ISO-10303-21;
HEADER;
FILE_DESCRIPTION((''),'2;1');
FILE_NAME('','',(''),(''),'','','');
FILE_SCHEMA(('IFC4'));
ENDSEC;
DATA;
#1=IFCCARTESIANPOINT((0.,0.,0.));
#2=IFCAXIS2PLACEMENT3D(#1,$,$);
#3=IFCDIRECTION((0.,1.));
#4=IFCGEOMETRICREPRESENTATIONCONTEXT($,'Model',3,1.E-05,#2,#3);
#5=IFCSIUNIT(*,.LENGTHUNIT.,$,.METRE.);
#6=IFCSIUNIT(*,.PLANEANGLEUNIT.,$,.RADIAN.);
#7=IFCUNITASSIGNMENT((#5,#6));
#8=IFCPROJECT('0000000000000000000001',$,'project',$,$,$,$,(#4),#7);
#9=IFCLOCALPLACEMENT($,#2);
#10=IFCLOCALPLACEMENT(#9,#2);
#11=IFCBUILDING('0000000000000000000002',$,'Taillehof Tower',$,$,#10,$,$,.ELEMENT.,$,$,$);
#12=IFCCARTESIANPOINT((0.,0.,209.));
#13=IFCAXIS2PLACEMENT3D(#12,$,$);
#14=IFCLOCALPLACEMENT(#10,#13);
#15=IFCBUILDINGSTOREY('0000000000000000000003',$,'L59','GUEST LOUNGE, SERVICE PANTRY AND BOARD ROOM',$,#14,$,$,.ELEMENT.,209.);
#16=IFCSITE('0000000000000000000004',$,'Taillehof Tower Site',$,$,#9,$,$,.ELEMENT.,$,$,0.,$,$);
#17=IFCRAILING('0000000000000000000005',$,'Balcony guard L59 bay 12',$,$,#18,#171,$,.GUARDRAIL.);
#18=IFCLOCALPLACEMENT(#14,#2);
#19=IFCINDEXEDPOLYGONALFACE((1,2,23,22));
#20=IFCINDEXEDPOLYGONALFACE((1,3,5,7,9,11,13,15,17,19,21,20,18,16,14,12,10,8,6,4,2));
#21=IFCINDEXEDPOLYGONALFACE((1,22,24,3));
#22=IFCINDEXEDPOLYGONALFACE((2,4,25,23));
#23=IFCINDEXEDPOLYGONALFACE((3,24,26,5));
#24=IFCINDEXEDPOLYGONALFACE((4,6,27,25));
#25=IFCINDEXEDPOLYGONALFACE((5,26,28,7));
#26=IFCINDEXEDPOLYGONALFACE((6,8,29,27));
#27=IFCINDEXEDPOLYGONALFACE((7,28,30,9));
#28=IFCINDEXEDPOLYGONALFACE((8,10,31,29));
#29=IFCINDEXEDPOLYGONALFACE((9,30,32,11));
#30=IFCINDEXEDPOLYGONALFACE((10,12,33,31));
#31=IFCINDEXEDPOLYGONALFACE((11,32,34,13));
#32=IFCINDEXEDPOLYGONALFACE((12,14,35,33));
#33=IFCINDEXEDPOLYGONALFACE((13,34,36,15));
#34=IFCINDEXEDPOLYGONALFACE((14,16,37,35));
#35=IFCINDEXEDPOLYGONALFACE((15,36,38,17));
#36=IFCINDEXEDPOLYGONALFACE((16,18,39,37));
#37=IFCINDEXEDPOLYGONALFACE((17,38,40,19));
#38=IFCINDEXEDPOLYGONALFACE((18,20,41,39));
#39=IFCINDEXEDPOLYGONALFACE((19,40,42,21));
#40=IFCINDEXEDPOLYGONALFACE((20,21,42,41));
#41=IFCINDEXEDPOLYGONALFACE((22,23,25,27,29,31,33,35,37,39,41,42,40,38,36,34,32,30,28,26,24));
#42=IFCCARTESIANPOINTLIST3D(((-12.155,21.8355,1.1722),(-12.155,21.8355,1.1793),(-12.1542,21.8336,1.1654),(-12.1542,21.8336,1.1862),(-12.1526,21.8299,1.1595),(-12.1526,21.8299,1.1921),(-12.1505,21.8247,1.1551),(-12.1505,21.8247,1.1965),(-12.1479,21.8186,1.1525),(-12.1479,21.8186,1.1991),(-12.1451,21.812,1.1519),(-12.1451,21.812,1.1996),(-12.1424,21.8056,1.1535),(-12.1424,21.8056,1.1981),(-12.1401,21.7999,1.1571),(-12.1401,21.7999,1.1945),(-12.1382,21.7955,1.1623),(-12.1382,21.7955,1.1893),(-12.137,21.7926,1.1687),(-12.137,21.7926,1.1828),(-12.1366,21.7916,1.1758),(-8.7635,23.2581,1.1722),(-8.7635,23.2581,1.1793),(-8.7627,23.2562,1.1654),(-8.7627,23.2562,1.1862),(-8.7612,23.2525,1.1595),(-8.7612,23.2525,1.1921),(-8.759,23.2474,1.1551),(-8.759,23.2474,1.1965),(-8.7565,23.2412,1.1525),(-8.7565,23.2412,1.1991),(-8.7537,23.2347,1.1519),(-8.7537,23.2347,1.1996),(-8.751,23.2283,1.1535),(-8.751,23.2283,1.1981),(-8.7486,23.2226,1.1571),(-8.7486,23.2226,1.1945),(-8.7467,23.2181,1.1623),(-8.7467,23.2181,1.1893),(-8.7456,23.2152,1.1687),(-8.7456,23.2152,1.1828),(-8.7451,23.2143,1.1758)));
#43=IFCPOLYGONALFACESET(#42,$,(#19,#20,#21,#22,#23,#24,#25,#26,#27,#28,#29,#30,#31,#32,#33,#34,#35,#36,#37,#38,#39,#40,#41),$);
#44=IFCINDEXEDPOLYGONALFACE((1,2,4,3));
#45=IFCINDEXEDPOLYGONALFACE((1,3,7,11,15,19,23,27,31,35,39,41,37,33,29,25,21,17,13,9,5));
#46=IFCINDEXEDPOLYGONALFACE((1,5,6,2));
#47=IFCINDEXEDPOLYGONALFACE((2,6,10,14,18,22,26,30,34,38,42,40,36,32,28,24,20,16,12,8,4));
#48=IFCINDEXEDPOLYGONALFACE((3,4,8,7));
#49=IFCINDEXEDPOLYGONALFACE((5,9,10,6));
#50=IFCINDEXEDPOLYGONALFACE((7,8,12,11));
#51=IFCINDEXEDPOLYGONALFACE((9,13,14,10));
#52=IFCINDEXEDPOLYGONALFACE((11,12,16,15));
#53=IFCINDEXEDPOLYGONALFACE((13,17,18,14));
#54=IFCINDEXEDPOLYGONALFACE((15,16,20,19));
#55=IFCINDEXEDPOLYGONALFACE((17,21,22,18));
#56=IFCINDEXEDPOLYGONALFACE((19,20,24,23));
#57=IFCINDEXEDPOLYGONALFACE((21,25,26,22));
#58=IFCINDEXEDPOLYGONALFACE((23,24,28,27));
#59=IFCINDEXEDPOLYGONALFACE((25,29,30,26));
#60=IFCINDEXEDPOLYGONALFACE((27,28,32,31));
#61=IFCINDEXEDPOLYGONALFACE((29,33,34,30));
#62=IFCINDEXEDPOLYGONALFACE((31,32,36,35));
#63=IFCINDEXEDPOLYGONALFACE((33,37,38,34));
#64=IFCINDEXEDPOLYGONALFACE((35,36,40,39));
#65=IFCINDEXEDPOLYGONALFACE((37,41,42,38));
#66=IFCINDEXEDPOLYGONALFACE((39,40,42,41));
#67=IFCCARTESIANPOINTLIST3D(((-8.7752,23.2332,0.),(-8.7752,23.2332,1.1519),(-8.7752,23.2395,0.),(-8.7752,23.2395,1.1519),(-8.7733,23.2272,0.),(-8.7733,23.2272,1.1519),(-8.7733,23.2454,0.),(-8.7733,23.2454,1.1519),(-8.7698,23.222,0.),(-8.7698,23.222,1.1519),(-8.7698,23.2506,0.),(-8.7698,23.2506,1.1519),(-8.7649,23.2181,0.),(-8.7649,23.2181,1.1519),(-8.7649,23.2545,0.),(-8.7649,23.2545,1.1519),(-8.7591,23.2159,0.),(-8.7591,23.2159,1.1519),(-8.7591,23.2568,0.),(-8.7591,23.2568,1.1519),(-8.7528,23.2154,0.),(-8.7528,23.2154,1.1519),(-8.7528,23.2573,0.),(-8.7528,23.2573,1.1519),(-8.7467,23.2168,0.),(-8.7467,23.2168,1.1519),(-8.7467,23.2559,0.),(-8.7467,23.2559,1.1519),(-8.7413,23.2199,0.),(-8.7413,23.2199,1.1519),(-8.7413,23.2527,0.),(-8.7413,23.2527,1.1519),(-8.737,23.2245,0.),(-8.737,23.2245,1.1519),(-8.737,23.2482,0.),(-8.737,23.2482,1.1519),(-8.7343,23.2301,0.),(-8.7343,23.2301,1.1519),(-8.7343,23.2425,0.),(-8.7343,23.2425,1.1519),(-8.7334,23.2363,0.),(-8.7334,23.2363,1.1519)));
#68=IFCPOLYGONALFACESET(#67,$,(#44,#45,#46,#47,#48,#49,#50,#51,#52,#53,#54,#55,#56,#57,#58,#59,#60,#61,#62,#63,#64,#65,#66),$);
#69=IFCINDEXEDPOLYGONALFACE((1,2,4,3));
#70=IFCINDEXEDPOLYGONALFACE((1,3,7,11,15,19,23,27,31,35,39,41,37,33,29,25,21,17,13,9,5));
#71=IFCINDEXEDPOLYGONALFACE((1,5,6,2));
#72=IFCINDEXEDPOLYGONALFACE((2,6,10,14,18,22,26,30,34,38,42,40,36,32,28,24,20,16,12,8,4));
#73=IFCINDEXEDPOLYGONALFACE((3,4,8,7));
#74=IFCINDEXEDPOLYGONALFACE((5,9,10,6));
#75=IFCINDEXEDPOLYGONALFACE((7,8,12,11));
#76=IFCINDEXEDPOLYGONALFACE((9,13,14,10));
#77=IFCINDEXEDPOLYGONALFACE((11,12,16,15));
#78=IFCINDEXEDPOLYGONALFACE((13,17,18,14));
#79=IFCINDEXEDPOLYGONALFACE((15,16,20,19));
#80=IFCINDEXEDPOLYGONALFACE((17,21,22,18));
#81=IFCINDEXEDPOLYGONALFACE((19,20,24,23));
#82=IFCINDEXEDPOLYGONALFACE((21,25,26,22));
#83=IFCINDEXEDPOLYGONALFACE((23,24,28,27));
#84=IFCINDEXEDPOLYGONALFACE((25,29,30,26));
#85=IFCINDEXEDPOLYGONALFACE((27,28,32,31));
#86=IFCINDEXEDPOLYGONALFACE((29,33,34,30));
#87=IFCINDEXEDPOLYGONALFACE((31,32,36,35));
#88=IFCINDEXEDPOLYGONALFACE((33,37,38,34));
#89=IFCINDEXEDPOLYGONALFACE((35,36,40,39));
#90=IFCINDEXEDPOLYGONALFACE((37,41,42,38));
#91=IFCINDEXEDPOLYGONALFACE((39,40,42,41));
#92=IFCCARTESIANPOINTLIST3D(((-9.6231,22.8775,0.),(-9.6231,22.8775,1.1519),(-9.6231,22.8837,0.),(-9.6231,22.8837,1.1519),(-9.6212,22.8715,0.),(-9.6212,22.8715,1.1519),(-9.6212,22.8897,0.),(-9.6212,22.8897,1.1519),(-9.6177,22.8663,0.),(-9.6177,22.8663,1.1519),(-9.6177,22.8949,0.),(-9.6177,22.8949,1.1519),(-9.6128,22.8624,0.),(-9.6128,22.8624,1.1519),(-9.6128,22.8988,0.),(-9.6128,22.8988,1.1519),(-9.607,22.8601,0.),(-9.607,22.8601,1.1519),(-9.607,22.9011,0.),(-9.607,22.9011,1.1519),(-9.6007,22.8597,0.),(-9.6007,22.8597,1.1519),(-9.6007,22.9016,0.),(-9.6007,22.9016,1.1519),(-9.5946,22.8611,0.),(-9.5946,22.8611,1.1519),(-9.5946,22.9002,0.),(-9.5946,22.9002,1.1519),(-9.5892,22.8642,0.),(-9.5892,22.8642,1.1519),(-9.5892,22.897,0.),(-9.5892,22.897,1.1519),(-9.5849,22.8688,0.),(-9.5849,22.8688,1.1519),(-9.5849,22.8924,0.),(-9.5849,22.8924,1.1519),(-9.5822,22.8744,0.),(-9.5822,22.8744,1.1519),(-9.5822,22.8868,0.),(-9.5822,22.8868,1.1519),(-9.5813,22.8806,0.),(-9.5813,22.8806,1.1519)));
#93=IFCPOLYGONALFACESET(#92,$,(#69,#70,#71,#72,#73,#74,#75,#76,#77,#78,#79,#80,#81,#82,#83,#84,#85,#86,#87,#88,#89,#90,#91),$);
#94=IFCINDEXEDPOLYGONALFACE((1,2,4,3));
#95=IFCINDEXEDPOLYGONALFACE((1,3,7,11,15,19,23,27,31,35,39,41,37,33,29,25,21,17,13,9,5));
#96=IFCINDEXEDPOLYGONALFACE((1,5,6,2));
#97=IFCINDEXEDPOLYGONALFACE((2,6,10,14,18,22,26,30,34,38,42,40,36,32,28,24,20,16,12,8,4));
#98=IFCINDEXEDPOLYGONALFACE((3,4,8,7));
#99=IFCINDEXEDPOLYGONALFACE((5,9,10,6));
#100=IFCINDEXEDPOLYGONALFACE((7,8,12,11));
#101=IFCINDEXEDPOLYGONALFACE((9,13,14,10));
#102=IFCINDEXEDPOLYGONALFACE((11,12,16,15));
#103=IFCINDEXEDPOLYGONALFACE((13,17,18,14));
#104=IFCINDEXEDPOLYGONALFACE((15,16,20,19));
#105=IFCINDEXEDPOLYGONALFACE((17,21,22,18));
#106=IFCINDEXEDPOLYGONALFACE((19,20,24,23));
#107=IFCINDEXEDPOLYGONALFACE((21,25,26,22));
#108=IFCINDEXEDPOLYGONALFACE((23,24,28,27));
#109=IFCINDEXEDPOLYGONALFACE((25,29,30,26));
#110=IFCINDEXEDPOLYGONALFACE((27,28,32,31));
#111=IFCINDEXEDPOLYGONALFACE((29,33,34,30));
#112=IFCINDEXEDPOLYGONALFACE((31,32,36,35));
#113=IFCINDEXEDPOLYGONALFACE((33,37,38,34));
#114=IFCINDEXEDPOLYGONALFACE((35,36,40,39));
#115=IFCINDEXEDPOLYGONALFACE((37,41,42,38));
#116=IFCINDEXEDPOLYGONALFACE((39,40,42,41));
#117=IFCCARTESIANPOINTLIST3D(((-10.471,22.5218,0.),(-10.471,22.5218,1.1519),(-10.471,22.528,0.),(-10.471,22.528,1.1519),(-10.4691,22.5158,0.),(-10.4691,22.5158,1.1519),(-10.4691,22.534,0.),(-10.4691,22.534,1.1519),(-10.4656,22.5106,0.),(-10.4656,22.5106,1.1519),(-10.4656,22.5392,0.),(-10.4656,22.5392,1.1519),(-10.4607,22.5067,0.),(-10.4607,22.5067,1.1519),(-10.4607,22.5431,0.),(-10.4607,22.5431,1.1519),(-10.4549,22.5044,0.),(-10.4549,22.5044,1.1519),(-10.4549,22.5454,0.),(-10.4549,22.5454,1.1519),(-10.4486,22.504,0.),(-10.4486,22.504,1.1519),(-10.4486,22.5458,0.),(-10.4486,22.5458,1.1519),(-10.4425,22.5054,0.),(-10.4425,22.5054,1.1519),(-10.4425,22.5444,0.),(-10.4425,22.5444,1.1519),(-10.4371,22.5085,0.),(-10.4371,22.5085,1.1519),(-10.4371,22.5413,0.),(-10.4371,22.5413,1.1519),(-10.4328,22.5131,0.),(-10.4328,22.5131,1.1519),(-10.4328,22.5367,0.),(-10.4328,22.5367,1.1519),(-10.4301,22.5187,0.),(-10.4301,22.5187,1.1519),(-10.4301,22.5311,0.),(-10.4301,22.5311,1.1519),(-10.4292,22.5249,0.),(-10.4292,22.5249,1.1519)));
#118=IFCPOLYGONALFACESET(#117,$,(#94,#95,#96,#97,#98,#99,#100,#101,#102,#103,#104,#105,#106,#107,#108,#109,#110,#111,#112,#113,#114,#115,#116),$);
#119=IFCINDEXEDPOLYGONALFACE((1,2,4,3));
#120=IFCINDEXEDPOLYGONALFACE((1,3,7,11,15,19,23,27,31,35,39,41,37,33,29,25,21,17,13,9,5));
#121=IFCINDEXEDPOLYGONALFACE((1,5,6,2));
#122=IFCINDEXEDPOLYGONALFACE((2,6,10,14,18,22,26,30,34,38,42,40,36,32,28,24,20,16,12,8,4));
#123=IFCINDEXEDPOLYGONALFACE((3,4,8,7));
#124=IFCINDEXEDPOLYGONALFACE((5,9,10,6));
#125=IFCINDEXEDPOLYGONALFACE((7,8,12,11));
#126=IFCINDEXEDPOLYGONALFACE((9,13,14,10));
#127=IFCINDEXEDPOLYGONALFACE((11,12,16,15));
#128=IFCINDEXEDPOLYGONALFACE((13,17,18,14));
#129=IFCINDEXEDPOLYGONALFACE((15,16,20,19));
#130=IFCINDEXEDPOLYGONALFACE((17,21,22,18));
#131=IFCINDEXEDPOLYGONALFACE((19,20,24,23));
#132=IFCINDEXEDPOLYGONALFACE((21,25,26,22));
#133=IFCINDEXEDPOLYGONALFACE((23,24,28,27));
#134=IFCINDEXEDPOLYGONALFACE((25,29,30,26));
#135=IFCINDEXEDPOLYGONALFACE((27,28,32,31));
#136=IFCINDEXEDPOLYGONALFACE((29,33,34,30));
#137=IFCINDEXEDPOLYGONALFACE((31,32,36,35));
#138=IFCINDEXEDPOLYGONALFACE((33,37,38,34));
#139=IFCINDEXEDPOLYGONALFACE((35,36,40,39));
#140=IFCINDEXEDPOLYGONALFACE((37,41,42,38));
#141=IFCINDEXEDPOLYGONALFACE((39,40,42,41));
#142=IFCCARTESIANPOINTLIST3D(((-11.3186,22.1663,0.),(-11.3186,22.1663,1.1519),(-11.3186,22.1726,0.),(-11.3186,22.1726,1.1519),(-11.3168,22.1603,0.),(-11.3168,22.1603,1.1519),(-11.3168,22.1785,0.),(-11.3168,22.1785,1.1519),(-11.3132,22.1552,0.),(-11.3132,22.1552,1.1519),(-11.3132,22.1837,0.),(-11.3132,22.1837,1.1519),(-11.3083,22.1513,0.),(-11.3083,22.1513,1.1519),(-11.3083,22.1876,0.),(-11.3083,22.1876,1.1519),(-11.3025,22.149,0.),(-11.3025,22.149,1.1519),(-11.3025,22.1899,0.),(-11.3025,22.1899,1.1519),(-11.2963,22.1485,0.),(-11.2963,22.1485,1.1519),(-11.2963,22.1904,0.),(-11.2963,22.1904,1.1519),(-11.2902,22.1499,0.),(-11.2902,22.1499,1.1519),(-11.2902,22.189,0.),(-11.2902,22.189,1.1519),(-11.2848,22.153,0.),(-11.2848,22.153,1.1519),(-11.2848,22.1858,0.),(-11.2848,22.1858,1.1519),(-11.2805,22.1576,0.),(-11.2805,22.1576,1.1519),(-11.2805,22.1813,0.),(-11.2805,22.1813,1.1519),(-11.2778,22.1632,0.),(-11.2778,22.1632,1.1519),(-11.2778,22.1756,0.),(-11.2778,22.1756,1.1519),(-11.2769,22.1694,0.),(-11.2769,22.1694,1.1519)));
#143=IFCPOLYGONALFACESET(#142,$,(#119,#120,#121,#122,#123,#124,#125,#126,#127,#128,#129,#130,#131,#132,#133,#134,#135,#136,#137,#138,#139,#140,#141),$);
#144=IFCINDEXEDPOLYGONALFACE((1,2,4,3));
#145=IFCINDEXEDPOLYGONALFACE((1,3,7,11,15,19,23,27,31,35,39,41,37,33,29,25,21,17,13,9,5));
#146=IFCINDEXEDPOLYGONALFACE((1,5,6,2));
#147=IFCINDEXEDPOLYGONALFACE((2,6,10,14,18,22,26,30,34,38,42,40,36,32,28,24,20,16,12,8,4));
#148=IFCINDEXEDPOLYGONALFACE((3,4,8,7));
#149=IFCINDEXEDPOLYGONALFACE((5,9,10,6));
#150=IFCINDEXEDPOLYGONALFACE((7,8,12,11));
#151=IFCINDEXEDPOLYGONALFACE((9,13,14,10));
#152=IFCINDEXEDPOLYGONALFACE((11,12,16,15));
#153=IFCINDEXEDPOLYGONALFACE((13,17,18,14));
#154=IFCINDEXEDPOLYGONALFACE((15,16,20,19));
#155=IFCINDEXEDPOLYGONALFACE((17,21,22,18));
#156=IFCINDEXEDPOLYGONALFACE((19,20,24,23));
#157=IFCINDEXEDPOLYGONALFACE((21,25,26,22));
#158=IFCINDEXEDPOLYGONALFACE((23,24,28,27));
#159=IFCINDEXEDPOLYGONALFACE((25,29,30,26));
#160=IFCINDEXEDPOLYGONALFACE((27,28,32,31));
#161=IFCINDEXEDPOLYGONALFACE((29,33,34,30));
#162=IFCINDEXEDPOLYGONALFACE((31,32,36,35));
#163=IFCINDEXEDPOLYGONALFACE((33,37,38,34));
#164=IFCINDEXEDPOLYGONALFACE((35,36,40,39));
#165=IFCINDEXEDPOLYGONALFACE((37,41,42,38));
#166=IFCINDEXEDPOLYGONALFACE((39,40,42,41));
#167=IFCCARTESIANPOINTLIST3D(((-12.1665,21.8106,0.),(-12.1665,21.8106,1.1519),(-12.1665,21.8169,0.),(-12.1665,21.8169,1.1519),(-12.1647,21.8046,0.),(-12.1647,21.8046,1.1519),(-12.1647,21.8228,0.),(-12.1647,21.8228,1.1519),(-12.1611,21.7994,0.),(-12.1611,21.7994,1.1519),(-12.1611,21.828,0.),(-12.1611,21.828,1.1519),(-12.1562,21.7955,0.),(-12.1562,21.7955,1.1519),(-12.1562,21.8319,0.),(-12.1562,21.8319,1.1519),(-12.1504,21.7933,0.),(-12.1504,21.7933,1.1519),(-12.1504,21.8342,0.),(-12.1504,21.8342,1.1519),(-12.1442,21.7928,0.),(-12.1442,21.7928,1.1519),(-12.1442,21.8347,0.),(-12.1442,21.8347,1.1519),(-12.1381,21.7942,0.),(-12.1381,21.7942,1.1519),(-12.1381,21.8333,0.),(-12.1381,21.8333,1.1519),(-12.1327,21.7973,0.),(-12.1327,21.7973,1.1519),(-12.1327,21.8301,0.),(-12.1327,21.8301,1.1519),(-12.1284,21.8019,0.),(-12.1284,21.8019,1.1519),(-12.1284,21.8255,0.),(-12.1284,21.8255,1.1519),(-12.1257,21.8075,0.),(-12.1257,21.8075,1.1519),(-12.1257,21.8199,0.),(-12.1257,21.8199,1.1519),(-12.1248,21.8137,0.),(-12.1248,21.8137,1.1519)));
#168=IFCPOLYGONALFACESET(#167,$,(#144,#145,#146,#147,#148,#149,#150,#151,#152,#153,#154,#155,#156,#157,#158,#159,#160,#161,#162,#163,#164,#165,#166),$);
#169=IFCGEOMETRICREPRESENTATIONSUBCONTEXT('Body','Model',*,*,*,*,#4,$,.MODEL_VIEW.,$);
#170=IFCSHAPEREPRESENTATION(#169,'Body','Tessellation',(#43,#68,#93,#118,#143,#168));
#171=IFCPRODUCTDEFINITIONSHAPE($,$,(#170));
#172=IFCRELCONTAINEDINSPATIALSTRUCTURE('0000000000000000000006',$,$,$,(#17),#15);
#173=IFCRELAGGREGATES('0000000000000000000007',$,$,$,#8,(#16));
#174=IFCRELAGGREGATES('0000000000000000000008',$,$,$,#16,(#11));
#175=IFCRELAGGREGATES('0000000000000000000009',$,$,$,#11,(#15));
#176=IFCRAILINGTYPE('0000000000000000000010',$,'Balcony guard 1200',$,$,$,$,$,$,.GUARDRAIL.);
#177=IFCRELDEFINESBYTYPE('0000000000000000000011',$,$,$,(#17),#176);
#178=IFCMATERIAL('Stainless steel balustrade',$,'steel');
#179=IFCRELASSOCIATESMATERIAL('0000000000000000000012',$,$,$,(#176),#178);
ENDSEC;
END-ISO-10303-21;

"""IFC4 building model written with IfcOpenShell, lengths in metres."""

from ifc_helpers import new_model, si_unit, direction, frame, origin, origin_2d, place, context, subcontext, project, spatial, circle, extrude, material, type_object, element, save


model = new_model("IFC4")

# Units and contexts
model_context = context("Model", 3, precision=1e-05, world=origin(), true_north=direction((0.0, 1.0)))
body_context = subcontext(model_context, "Body", "Model", "MODEL_VIEW")
ifc_project = project(units=[si_unit("LENGTHUNIT", "METRE"), si_unit("PLANEANGLEUNIT", "RADIAN")], contexts=[model_context])

# Site, building, storey
site_placement = place(None, origin())
site = spatial("IfcSite", under=ifc_project, at=site_placement, Name="Taillehof Tower Site", CompositionType="ELEMENT", RefElevation=0.0)
building_placement = place(site_placement, origin())
building = spatial("IfcBuilding", under=site, at=building_placement, Name="Taillehof Tower", CompositionType="ELEMENT")
storey_placement = place(building_placement, frame((0.0, 0.0, 209.0)))
storey = spatial("IfcBuildingStorey", under=building, at=storey_placement, Name="L59", Description="GUEST LOUNGE, SERVICE PANTRY AND BOARD ROOM", CompositionType="ELEMENT", Elevation=209.0)

# Railing
ifc_material_1 = material(Name="Stainless steel balustrade", Category="steel")
railing_type = type_object("IfcRailingType", Name="Balcony guard 1200", PredefinedType="GUARDRAIL", material=ifc_material_1)
railing_placement = place(storey_placement, frame((-8.7544, 23.2363, 0.0)))
element("IfcRailing", 1, at=railing_placement, inside=storey, type_object=railing_type, Name="Balcony guard L59 bay 12", PredefinedType="GUARDRAIL", context=body_context, shape_type="SweptSolid", body=[
    extrude(circle(Radius=0.0239, at=origin_2d()), frame((0.0, 0.0, 1.1758), z_axis=(-0.922153, -0.386825, 0.0), x_axis=(0.386825, -0.922153, 0.0)), (0.0, 0.0, 1.0), 3.6777),
    extrude(circle(Radius=0.021, at=origin_2d()), origin(), (0.0, 0.0, 1.0), 1.1519),
    extrude(circle(Radius=0.021, at=origin_2d()), frame((-0.8479, -0.3557, 0.0)), (0.0, 0.0, 1.0), 1.1519),
    extrude(circle(Radius=0.021, at=origin_2d()), frame((-1.6958, -0.7114, 0.0)), (0.0, 0.0, 1.0), 1.1519),
    extrude(circle(Radius=0.021, at=origin_2d()), frame((-2.5435, -1.0669, 0.0)), (0.0, 0.0, 1.0), 1.1519),
    extrude(circle(Radius=0.021, at=origin_2d()), frame((-3.3914, -1.4226, 0.0)), (0.0, 0.0, 1.0), 1.1519),
])

save(model, "model.ifc")
